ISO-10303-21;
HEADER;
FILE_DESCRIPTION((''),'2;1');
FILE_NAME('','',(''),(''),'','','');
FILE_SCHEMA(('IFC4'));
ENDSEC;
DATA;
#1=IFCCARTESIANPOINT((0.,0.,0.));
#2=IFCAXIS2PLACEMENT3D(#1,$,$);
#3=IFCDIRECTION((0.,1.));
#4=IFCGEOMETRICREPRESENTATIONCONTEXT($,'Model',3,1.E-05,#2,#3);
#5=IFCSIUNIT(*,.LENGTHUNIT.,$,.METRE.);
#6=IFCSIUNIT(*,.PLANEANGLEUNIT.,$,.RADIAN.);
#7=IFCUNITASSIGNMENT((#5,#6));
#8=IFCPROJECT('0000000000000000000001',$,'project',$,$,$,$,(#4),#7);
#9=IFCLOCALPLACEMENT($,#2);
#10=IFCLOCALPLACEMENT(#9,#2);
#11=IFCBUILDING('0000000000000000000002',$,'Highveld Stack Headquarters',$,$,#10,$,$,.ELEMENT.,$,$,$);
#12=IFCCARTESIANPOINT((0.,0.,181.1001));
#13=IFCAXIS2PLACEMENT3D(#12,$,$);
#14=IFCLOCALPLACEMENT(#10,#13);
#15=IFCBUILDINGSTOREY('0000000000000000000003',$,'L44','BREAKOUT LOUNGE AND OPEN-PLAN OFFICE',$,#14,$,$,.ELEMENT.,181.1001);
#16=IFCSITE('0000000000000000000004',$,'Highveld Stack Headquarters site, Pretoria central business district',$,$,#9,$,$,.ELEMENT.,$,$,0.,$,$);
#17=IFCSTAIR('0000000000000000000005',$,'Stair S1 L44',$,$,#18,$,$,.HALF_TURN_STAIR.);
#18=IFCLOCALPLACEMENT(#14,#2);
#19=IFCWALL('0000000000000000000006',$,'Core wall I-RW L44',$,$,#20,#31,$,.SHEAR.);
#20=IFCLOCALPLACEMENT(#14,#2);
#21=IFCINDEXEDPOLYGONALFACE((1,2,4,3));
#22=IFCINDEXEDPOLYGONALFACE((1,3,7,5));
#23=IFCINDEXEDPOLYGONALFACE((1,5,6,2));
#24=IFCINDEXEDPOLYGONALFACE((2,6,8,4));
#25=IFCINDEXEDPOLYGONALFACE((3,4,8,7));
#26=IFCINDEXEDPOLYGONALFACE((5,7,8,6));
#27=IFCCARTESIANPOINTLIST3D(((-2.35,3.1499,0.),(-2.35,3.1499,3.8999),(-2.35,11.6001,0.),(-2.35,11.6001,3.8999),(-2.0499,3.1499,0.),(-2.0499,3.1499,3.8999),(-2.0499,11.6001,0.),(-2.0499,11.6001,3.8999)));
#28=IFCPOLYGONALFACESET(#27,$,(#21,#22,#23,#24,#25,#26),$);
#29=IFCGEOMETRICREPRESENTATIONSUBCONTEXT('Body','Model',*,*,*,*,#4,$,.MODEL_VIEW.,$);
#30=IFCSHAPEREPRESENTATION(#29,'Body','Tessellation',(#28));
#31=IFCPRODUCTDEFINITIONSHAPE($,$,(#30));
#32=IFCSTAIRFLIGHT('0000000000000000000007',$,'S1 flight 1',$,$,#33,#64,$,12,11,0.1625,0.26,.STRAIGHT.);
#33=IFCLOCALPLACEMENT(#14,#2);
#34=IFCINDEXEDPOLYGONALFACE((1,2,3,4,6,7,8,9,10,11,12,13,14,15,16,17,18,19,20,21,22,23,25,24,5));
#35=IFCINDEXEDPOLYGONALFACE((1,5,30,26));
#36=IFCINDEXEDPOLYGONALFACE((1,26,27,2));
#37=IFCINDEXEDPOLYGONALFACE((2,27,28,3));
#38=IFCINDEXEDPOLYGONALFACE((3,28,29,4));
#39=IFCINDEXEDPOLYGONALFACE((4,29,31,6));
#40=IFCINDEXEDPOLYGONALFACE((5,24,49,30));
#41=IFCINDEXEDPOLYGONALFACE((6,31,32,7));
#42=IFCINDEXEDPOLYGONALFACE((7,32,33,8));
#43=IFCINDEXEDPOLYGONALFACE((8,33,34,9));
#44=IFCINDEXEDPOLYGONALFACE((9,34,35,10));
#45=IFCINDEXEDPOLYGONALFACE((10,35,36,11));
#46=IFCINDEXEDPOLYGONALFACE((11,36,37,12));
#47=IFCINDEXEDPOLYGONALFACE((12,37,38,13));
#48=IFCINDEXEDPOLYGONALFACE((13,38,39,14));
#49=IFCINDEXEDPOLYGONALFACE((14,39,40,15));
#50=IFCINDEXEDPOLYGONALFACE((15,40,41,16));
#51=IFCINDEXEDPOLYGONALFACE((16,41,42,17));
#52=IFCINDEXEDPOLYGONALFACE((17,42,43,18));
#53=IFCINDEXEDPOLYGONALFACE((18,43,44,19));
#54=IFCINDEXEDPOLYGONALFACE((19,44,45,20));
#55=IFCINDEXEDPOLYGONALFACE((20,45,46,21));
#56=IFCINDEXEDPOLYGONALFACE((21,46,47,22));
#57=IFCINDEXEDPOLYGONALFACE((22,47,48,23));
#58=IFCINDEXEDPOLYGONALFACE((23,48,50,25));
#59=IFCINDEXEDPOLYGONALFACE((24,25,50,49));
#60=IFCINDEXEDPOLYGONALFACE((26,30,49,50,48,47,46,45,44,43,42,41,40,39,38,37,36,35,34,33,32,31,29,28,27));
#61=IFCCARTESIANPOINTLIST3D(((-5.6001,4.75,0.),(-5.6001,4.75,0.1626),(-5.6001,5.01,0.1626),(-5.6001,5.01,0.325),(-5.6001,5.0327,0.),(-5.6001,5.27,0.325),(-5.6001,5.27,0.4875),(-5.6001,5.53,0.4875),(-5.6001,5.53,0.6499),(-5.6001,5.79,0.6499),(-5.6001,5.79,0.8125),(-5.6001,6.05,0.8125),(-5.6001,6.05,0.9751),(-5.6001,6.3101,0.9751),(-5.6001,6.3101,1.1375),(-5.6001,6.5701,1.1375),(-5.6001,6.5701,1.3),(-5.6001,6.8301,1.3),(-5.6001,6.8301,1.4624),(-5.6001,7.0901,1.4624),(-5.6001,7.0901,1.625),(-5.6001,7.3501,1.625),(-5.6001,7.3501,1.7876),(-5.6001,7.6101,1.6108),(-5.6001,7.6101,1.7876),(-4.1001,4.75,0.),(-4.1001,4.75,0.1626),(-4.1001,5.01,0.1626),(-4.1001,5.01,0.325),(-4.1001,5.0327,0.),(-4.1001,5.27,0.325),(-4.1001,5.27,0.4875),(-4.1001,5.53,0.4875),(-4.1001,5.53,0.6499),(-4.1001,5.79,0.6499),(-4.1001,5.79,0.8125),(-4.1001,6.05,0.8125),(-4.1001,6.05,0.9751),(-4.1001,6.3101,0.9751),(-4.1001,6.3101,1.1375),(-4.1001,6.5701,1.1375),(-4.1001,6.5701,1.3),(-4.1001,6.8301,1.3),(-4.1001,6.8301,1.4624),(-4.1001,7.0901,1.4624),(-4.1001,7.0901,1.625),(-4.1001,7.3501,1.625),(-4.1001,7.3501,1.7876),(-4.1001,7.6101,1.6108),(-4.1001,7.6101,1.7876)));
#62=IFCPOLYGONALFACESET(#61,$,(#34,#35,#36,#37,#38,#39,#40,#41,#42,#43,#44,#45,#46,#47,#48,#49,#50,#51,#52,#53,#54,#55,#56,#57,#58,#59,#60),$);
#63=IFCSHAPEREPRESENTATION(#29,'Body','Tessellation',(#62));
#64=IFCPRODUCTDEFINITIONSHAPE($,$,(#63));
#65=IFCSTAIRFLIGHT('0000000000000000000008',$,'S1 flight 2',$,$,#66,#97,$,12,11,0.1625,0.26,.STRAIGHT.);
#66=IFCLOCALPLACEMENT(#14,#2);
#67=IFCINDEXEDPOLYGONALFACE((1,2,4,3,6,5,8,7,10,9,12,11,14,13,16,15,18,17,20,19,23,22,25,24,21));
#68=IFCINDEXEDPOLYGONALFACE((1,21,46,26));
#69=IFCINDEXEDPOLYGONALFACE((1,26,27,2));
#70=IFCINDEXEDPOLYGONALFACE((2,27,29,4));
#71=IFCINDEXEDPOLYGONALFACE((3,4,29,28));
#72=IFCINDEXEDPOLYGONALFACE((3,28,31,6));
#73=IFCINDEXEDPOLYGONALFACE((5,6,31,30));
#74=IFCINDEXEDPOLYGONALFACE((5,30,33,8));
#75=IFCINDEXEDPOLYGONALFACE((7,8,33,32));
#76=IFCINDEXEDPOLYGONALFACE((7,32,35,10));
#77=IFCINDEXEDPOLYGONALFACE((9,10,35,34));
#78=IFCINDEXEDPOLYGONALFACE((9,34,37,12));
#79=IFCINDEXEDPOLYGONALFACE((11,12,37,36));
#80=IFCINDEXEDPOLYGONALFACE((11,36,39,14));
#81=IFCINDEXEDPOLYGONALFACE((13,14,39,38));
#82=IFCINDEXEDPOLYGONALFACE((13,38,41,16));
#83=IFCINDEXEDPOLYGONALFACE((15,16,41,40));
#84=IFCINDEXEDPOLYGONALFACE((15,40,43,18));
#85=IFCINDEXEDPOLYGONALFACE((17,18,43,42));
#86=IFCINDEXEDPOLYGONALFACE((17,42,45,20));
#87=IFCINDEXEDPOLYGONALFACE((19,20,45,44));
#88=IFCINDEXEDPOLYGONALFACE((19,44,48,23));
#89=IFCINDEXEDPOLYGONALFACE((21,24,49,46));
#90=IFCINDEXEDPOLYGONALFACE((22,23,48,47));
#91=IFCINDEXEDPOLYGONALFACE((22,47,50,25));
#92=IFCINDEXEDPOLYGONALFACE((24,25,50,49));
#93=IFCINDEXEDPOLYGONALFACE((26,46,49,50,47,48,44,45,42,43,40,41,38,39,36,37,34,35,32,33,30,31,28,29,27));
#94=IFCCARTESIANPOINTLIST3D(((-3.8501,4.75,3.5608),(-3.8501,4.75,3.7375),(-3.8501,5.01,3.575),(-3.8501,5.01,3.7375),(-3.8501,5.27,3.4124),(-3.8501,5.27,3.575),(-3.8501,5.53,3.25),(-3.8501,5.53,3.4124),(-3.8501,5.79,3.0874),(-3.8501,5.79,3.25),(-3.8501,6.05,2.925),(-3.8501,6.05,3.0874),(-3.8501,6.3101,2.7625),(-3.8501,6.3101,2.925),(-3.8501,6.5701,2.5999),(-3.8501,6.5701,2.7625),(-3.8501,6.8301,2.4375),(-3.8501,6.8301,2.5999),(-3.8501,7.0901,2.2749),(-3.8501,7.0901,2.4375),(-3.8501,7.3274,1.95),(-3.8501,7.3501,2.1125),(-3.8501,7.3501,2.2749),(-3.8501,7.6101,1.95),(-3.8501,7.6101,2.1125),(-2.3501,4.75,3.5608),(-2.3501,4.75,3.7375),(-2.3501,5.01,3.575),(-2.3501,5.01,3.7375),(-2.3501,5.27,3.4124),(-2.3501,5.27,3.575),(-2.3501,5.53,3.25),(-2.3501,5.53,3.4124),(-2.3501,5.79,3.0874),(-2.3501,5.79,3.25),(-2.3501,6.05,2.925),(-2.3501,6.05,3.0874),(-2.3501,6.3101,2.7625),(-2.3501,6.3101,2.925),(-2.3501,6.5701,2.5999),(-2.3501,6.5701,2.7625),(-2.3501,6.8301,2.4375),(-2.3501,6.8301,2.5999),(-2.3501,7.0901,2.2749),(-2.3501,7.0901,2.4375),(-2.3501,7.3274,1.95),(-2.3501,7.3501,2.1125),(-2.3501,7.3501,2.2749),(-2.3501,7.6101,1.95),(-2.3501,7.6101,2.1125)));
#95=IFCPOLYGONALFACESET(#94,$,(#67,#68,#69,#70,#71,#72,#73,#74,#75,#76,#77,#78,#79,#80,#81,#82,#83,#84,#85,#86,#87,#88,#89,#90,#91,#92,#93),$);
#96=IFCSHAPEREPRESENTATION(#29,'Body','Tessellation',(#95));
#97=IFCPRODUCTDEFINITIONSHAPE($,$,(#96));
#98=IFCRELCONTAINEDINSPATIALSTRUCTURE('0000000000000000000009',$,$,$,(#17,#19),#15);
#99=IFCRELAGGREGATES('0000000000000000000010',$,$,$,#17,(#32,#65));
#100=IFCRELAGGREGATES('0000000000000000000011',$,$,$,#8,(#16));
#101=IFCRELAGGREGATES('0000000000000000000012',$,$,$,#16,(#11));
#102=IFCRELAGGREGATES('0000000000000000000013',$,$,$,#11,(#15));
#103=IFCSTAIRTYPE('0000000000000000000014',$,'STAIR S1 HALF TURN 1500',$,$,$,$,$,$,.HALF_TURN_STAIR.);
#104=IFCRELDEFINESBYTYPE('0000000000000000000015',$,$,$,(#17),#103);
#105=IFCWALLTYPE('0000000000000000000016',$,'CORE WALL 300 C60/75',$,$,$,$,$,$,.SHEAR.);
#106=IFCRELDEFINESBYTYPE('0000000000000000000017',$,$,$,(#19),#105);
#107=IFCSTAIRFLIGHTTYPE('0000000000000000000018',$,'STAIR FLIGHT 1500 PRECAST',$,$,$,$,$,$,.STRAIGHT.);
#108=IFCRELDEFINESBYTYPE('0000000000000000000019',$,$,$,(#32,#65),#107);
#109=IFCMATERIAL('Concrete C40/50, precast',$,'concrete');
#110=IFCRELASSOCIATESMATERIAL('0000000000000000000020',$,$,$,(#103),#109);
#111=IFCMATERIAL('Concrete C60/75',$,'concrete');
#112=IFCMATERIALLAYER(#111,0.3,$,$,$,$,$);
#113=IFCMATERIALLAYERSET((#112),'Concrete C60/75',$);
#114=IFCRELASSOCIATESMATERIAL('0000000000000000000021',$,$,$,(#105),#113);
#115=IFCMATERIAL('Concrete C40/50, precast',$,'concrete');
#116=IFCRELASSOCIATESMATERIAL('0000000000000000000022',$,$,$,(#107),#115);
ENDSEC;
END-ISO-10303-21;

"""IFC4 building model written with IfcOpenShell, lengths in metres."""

from ifc_helpers import new_model, si_unit, direction, frame, frame_2d, origin, place, context, subcontext, project, spatial, polyline, rectangle, outline, extrude, material, layer, layer_set, type_object, element, aggregate, save


model = new_model("IFC4")

# Units and contexts
model_context = context("Model", 3, precision=1e-05, world=origin(), true_north=direction((0.0, 1.0)))
body_context = subcontext(model_context, "Body", "Model", "MODEL_VIEW")
ifc_project = project(units=[si_unit("LENGTHUNIT", "METRE"), si_unit("PLANEANGLEUNIT", "RADIAN")], contexts=[model_context])

# Site, building, storey
site_placement = place(None, origin())
site = spatial("IfcSite", under=ifc_project, at=site_placement, Name="Highveld Stack Headquarters site, Pretoria central business district", CompositionType="ELEMENT", RefElevation=0.0)
building_placement = place(site_placement, origin())
building = spatial("IfcBuilding", under=site, at=building_placement, Name="Highveld Stack Headquarters", CompositionType="ELEMENT")
storey_placement = place(building_placement, frame((0.0, 0.0, 181.1001)))
storey = spatial("IfcBuildingStorey", under=building, at=storey_placement, Name="L44", Description="BREAKOUT LOUNGE AND OPEN-PLAN OFFICE", CompositionType="ELEMENT", Elevation=181.1001)

# Stair
ifc_material_1 = material(Name="Concrete C40/50, precast", Category="concrete")
stair_type = type_object("IfcStairType", Name="STAIR S1 HALF TURN 1500", PredefinedType="HALF_TURN_STAIR", material=ifc_material_1)
stair_placement = place(storey_placement, origin())
stair = element("IfcStair", 1, at=stair_placement, inside=storey, type_object=stair_type, Name="Stair S1 L44", PredefinedType="HALF_TURN_STAIR")

# Shared definitions
ifc_material_2 = material(Name="Concrete C60/75", Category="concrete")
ifc_layer_1 = layer(ifc_material_2, 0.3)
ifc_layer_set_1 = layer_set([ifc_layer_1], Name="Concrete C60/75")
wall_type = type_object("IfcWallType", Name="CORE WALL 300 C60/75", PredefinedType="SHEAR", material=ifc_layer_set_1)

# Wall
wall_1_placement = place(storey_placement, frame((-2.2, 3.1499, 0.0), z_axis=(0.0, 0.0, 1.0), x_axis=(0.0, 1.0, 0.0)))
element("IfcWall", 2, at=wall_1_placement, inside=storey, type_object=wall_type, Name="Core wall I-RW L44", PredefinedType="SHEAR", context=body_context, shape_type="SweptSolid", body=[
    extrude(rectangle(XDim=8.4502, YDim=0.3, at=frame_2d((4.2251, 0.0))), origin(), (0.0, 0.0, 1.0), 3.8999),
])

# Stair flights
ifc_material_3 = material(Name="Concrete C40/50, precast", Category="concrete")
stair_flight_type = type_object("IfcStairFlightType", Name="STAIR FLIGHT 1500 PRECAST", PredefinedType="STRAIGHT", material=ifc_material_3)
stair_flight_1_placement = place(storey_placement, frame((-4.8501, 4.75, 0.0), z_axis=(0.0, 0.0, 1.0), x_axis=(0.0, 1.0, 0.0)))
stair_flight_1 = element("IfcStairFlight", 3, at=stair_flight_1_placement, type_object=stair_flight_type, Name="S1 flight 1", NumberOfRisers=12, NumberOfTreads=11, PredefinedType="STRAIGHT", RiserHeight=0.1625, TreadLength=0.26, context=body_context, shape_type="SweptSolid", body=[
    extrude(outline(polyline([(0.0, 0.0), (0.0, 0.1626), (0.26, 0.1626), (0.26, 0.325), (0.52, 0.325), (0.52, 0.4875), (0.78, 0.4875), (0.78, 0.6499), (1.04, 0.6499), (1.04, 0.8125), (1.3, 0.8125), (1.3, 0.9751), (1.5601, 0.9751), (1.5601, 1.1375), (1.8201, 1.1375), (1.8201, 1.3), (2.0801, 1.3), (2.0801, 1.4624), (2.3401, 1.4624), (2.3401, 1.625), (2.6001, 1.625), (2.6001, 1.7876), (2.8601, 1.7876), (2.8601, 1.95), (2.8601, 1.6108), (0.2827, 0.0), (0.0, 0.0)])), frame((0.0, 0.75, 0.0), z_axis=(0.0, -1.0, 0.0), x_axis=(1.0, 0.0, 0.0)), (0.0, 0.0, 1.0), 1.5),
])
stair_flight_2_placement = place(storey_placement, frame((-3.1001, 7.6101, 1.95), z_axis=(0.0, 0.0, 1.0), x_axis=(0.0, -1.0, 0.0)))
stair_flight_2 = element("IfcStairFlight", 4, at=stair_flight_2_placement, type_object=stair_flight_type, Name="S1 flight 2", NumberOfRisers=12, NumberOfTreads=11, PredefinedType="STRAIGHT", RiserHeight=0.1625, TreadLength=0.26, context=body_context, shape_type="SweptSolid", body=[
    extrude(outline(polyline([(0.0, 0.0), (0.0, 0.1626), (0.26, 0.1626), (0.26, 0.325), (0.52, 0.325), (0.52, 0.4875), (0.78, 0.4875), (0.78, 0.6499), (1.04, 0.6499), (1.04, 0.8125), (1.3, 0.8125), (1.3, 0.9751), (1.5601, 0.9751), (1.5601, 1.1375), (1.8201, 1.1375), (1.8201, 1.3), (2.0801, 1.3), (2.0801, 1.4624), (2.3401, 1.4624), (2.3401, 1.625), (2.6001, 1.625), (2.6001, 1.7876), (2.8601, 1.7876), (2.8601, 1.95), (2.8601, 1.6108), (0.2827, 0.0), (0.0, 0.0)])), frame((0.0, 0.75, 0.0), z_axis=(0.0, -1.0, 0.0), x_axis=(1.0, 0.0, 0.0)), (0.0, 0.0, 1.0), 1.5),
])
aggregate(stair, [stair_flight_1, stair_flight_2])

save(model, "model.ifc")
